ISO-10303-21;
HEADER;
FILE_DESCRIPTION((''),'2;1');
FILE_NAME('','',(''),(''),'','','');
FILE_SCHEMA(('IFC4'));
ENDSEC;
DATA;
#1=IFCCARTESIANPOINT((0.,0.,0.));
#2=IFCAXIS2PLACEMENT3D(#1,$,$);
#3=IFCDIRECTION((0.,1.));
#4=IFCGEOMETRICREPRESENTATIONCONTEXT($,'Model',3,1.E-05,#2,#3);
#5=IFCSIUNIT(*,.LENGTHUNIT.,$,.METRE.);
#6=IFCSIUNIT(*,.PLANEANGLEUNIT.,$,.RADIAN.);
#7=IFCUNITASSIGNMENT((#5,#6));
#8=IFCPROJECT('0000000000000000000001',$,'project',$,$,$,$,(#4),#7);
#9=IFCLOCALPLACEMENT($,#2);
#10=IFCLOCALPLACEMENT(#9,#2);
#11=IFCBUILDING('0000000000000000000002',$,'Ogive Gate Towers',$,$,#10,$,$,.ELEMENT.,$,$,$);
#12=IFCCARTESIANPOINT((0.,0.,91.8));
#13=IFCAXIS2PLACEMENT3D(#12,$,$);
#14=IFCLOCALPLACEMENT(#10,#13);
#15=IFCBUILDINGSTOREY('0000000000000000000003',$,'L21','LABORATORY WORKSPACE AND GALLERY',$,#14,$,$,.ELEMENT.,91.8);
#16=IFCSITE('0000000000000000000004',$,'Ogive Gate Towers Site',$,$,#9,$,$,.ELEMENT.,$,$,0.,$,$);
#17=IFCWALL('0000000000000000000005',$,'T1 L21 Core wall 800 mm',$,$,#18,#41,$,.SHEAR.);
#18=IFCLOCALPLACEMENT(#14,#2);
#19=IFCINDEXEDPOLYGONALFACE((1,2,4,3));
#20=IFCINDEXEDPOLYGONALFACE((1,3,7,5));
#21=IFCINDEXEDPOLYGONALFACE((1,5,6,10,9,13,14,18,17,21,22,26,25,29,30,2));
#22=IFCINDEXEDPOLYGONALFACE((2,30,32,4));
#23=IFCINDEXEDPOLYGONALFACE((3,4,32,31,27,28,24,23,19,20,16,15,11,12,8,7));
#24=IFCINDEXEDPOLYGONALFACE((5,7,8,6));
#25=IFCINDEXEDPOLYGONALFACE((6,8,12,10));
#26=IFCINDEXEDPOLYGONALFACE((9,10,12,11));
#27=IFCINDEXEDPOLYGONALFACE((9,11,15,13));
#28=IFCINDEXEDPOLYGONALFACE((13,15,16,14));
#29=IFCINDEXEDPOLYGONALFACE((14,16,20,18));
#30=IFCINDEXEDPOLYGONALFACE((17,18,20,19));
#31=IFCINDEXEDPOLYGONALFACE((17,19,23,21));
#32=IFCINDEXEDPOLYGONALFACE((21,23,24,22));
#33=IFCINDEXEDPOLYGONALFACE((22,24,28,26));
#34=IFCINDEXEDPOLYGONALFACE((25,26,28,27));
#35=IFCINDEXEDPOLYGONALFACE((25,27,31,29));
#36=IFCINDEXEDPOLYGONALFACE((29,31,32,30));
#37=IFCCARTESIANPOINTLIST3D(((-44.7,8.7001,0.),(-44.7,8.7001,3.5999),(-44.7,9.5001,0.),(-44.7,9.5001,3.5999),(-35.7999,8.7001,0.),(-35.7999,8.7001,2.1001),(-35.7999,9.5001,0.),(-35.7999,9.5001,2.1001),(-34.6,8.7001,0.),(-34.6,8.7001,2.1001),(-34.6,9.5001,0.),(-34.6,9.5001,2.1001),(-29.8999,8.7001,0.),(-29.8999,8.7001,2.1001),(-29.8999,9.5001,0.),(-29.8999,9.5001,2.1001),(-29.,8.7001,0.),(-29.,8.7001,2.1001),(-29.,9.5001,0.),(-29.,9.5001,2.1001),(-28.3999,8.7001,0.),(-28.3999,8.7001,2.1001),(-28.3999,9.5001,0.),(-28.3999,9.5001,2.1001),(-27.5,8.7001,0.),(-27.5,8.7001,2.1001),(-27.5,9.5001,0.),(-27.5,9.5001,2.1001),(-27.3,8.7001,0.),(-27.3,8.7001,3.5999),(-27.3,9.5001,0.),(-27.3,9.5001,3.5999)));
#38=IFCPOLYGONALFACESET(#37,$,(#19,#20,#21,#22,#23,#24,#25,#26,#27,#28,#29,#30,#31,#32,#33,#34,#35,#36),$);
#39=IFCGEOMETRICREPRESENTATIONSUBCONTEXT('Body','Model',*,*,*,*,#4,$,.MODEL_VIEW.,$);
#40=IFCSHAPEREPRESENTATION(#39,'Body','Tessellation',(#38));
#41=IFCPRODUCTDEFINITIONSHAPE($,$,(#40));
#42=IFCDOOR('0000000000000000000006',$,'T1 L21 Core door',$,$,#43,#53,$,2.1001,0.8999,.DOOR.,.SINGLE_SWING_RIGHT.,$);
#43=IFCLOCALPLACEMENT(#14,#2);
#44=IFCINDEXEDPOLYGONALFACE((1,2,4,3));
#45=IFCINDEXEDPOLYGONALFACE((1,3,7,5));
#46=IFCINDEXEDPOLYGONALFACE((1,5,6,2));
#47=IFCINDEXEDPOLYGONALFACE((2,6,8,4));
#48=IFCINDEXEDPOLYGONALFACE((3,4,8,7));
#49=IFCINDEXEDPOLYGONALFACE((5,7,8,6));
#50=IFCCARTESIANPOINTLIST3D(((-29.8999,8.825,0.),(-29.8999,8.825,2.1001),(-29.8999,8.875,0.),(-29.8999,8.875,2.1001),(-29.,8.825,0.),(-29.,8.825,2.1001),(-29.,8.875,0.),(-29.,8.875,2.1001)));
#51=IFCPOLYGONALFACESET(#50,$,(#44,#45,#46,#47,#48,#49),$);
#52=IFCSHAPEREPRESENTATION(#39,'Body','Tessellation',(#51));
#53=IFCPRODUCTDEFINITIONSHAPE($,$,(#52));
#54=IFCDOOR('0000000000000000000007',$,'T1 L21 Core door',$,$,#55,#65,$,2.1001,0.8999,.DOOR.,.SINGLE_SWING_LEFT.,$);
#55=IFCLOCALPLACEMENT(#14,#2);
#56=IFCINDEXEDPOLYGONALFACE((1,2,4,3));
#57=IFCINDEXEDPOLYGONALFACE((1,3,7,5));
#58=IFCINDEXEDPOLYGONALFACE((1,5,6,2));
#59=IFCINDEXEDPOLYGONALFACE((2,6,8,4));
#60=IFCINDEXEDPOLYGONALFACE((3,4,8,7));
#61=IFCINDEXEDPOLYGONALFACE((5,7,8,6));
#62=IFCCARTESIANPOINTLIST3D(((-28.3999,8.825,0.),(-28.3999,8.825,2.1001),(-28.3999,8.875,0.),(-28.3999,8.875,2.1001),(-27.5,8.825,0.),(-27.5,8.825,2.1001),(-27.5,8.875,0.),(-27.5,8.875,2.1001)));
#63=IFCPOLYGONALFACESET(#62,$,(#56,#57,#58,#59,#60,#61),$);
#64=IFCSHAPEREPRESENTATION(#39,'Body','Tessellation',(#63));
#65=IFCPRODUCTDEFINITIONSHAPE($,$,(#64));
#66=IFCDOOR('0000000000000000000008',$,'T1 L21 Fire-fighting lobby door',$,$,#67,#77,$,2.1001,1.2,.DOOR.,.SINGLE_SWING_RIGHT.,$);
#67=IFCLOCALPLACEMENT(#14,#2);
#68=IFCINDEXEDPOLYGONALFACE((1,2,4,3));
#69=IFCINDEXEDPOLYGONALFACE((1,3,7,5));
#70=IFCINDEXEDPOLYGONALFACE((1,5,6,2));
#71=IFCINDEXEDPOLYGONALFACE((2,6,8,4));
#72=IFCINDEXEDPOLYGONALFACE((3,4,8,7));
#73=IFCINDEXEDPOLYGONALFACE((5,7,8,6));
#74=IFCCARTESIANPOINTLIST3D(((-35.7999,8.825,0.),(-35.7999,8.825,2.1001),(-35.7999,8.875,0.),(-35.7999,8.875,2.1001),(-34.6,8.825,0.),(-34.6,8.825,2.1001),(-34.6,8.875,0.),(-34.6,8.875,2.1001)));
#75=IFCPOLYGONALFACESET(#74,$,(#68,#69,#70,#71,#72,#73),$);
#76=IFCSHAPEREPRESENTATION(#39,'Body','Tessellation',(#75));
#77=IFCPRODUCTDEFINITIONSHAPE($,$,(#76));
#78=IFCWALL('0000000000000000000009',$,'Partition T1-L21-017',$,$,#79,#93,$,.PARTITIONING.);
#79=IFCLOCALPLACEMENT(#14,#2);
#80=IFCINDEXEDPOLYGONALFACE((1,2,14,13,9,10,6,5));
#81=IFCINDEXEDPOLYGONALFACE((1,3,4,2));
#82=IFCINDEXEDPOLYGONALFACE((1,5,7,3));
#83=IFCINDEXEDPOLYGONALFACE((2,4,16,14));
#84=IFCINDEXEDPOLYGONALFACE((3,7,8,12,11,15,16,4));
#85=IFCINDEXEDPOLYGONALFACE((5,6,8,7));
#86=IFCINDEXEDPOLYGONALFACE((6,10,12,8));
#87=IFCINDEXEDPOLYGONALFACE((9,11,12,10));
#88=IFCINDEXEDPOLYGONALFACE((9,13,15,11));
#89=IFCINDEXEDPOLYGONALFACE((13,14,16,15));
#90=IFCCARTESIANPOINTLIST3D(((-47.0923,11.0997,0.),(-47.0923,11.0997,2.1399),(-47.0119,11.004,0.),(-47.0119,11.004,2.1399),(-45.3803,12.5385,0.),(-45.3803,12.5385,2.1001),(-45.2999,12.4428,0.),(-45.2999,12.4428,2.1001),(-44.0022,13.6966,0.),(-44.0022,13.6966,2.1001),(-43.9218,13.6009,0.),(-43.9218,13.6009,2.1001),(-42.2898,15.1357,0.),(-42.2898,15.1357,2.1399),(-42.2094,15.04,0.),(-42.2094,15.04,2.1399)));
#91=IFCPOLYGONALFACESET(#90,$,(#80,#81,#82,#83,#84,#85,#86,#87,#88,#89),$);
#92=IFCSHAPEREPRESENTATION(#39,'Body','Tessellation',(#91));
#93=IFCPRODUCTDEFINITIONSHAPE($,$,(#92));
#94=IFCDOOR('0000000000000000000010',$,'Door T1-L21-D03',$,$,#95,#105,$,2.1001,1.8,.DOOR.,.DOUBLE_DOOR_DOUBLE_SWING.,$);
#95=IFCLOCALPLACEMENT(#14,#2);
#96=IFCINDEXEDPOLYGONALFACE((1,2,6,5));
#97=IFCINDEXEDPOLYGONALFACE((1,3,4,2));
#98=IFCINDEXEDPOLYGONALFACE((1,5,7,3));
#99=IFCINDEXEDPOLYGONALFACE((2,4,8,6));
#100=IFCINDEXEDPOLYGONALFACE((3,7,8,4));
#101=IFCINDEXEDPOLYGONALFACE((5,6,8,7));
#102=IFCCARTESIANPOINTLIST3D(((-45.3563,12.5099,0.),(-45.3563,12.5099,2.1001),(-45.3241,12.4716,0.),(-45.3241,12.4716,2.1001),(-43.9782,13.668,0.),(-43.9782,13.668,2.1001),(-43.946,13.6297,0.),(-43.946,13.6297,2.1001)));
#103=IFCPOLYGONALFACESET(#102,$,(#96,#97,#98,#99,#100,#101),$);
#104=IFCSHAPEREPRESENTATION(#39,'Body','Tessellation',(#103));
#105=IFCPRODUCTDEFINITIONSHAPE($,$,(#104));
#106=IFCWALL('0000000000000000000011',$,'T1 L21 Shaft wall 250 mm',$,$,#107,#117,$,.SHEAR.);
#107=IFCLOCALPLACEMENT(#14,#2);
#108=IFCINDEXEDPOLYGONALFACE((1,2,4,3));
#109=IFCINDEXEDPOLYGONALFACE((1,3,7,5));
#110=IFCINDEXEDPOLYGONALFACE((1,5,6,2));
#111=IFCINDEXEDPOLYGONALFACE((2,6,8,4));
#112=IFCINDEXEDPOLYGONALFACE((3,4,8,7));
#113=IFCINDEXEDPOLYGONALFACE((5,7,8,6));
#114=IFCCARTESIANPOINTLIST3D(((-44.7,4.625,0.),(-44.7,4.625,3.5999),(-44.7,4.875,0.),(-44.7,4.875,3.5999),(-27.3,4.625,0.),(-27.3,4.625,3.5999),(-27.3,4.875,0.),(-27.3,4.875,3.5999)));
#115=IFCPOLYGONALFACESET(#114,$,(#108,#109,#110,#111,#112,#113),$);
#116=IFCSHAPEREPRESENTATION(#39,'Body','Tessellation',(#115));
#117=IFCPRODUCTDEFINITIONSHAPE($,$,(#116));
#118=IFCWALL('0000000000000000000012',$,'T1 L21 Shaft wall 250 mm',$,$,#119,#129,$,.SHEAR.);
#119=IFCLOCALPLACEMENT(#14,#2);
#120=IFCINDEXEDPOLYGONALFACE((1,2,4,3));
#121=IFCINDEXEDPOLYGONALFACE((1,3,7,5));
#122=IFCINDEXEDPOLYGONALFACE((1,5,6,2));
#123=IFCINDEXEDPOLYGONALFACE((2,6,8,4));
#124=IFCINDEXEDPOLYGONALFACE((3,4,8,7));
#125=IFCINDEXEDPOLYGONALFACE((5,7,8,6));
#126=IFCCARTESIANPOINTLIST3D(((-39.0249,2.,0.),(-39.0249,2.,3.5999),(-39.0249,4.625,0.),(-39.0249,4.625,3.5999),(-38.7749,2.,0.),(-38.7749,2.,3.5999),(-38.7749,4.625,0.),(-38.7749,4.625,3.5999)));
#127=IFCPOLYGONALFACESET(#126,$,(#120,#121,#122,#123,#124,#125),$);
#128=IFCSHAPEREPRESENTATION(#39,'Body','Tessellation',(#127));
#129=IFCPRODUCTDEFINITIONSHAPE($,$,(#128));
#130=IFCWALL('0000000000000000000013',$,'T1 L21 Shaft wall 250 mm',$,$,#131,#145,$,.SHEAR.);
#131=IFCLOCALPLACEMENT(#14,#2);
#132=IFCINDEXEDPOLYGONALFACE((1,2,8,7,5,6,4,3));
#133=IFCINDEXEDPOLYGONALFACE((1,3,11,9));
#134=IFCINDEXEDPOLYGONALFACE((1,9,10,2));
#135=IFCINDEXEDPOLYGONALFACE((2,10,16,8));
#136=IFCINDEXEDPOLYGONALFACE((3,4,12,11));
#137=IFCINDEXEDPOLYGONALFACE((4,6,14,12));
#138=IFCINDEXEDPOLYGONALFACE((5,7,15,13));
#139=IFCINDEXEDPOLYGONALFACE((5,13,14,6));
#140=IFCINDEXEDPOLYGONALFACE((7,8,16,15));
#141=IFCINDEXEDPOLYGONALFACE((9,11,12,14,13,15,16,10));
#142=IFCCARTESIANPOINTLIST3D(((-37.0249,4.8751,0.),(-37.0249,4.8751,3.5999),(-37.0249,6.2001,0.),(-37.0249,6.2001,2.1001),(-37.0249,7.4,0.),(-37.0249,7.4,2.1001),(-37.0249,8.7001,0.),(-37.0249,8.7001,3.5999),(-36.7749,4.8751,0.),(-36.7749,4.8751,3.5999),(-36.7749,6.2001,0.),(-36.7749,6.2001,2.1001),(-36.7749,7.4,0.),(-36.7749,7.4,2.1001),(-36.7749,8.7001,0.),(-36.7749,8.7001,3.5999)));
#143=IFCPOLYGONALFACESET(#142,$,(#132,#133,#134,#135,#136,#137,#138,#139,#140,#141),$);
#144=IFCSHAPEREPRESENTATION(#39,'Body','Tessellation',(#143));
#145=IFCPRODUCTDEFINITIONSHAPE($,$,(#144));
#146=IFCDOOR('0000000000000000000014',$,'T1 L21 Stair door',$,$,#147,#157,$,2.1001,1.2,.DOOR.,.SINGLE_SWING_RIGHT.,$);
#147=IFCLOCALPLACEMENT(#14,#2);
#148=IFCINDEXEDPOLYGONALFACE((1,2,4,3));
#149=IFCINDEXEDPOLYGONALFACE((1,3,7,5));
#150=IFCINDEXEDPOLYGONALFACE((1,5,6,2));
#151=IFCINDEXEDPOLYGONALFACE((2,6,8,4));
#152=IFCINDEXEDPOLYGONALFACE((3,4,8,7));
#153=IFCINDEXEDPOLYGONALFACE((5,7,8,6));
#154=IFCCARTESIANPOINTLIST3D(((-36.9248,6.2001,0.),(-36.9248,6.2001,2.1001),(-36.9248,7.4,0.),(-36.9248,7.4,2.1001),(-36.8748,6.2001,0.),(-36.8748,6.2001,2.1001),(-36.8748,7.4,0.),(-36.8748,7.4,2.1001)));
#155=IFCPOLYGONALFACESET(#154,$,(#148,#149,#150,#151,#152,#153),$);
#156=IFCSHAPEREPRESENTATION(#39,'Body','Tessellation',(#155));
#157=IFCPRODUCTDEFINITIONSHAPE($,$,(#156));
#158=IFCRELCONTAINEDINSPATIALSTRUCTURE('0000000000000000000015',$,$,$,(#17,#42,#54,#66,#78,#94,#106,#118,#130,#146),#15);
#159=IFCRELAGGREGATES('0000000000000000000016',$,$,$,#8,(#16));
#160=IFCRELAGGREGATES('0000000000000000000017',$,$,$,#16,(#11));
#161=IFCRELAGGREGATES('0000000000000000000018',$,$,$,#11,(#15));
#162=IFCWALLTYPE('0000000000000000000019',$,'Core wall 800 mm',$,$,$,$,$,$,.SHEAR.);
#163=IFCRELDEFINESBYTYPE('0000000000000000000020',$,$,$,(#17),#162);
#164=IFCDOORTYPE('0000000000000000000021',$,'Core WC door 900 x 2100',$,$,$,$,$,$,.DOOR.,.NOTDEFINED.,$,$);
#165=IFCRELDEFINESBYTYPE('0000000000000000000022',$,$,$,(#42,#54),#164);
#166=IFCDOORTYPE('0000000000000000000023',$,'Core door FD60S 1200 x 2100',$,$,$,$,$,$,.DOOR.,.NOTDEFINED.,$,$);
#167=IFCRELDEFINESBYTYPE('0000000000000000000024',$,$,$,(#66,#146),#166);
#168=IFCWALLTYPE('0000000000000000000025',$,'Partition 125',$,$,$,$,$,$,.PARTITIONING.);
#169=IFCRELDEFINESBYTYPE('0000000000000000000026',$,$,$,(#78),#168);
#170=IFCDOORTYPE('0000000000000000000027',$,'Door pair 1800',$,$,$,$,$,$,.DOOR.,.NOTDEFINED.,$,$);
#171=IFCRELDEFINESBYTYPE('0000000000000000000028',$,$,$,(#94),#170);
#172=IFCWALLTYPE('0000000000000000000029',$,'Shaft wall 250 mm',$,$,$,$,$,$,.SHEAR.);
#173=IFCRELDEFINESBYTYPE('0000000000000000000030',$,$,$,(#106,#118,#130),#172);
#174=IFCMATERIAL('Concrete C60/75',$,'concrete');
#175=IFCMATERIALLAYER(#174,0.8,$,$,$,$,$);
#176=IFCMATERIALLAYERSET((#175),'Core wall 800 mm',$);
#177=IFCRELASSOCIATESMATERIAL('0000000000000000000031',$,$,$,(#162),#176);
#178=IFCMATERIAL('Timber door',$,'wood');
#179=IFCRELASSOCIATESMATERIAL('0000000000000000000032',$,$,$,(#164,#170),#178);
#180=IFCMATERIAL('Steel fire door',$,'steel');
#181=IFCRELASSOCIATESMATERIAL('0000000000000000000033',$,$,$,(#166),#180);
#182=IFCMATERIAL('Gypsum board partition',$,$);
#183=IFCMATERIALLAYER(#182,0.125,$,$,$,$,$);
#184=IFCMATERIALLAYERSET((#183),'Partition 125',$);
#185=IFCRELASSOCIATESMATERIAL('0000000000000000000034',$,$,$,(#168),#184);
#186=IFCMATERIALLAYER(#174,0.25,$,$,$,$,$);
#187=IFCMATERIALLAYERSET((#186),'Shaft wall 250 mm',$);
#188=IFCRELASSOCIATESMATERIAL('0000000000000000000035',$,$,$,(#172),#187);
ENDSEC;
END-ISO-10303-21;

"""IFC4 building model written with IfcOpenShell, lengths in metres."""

from ifc_helpers import new_model, si_unit, direction, frame, frame_2d, origin, place, context, subcontext, project, spatial, rectangle, extrude, material, layer, layer_set, type_object, element, fill, save


model = new_model("IFC4")

# Units and contexts
model_context = context("Model", 3, precision=1e-05, world=origin(), true_north=direction((0.0, 1.0)))
body_context = subcontext(model_context, "Body", "Model", "MODEL_VIEW")
ifc_project = project(units=[si_unit("LENGTHUNIT", "METRE"), si_unit("PLANEANGLEUNIT", "RADIAN")], contexts=[model_context])

# Site, building, storey
site_placement = place(None, origin())
site = spatial("IfcSite", under=ifc_project, at=site_placement, Name="Ogive Gate Towers Site", CompositionType="ELEMENT", RefElevation=0.0)
building_placement = place(site_placement, origin())
building = spatial("IfcBuilding", under=site, at=building_placement, Name="Ogive Gate Towers", CompositionType="ELEMENT")
storey_placement = place(building_placement, frame((0.0, 0.0, 91.8)))
storey = spatial("IfcBuildingStorey", under=building, at=storey_placement, Name="L21", Description="LABORATORY WORKSPACE AND GALLERY", CompositionType="ELEMENT", Elevation=91.8)

# Wall, openings, doors
ifc_material_1 = material(Name="Concrete C60/75", Category="concrete")
ifc_layer_1 = layer(ifc_material_1, 0.8)
ifc_layer_set_1 = layer_set([ifc_layer_1], Name="Core wall 800 mm")
wall_type_1 = type_object("IfcWallType", Name="Core wall 800 mm", PredefinedType="SHEAR", material=ifc_layer_set_1)
wall_1_placement = place(storey_placement, frame((-44.7, 9.1001, 0.0), z_axis=(0.0, 0.0, 1.0), x_axis=(1.0, 0.0, 0.0)))
wall_1 = element("IfcWall", 1, at=wall_1_placement, inside=storey, type_object=wall_type_1, Name="T1 L21 Core wall 800 mm", PredefinedType="SHEAR", context=body_context, shape_type="SweptSolid", body=[
    extrude(rectangle(XDim=17.3999, YDim=0.8, at=frame_2d((8.7, 0.0))), origin(), (0.0, 0.0, 1.0), 3.5999),
])
opening_1_placement = place(wall_1_placement, frame((8.8999, 0.0, 0.0)))
opening_1 = element("IfcOpeningElement", 2, at=opening_1_placement, cuts=wall_1, PredefinedType="OPENING", context=body_context, shape_type="SweptSolid", body=[
    extrude(rectangle(XDim=1.2, YDim=2.1001, at=frame_2d((0.6001, 1.05))), frame((0.0, 0.4102, 0.0), z_axis=(0.0, -1.0, 0.0), x_axis=(1.0, 0.0, 0.0)), (0.0, 0.0, 1.0), 0.8201),
])
opening_2_placement = place(wall_1_placement, frame((14.8, 0.0, 0.0)))
opening_2 = element("IfcOpeningElement", 3, at=opening_2_placement, cuts=wall_1, PredefinedType="OPENING", context=body_context, shape_type="SweptSolid", body=[
    extrude(rectangle(XDim=0.8999, YDim=2.1001, at=frame_2d((0.45, 1.05))), frame((0.0, 0.4102, 0.0), z_axis=(0.0, -1.0, 0.0), x_axis=(1.0, 0.0, 0.0)), (0.0, 0.0, 1.0), 0.8201),
])
opening_3_placement = place(wall_1_placement, frame((16.3, 0.0, 0.0)))
opening_3 = element("IfcOpeningElement", 4, at=opening_3_placement, cuts=wall_1, PredefinedType="OPENING", context=body_context, shape_type="SweptSolid", body=[
    extrude(rectangle(XDim=0.8999, YDim=2.1001, at=frame_2d((0.45, 1.05))), frame((0.0, 0.4102, 0.0), z_axis=(0.0, -1.0, 0.0), x_axis=(1.0, 0.0, 0.0)), (0.0, 0.0, 1.0), 0.8201),
])
ifc_material_2 = material(Name="Timber door", Category="wood")
door_type_1 = type_object("IfcDoorType", Name="Core WC door 900 x 2100", OperationType="NOTDEFINED", PredefinedType="DOOR", material=ifc_material_2)
door_1_placement = place(opening_2_placement, origin())
door_1 = element("IfcDoor", 5, at=door_1_placement, inside=storey, type_object=door_type_1, Name="T1 L21 Core door", OperationType="SINGLE_SWING_RIGHT", OverallHeight=2.1001, OverallWidth=0.8999, PredefinedType="DOOR", context=body_context, shape_type="SweptSolid", body=[
    extrude(rectangle(XDim=0.8999, YDim=2.1001, at=frame_2d((0.45, 1.05))), frame((0.0, -0.2251, 0.0), z_axis=(0.0, -1.0, 0.0), x_axis=(1.0, 0.0, 0.0)), (0.0, 0.0, 1.0), 0.05),
])
fill(opening_2, door_1)
door_2_placement = place(opening_3_placement, origin())
door_2 = element("IfcDoor", 6, at=door_2_placement, inside=storey, type_object=door_type_1, Name="T1 L21 Core door", OperationType="SINGLE_SWING_LEFT", OverallHeight=2.1001, OverallWidth=0.8999, PredefinedType="DOOR", context=body_context, shape_type="SweptSolid", body=[
    extrude(rectangle(XDim=0.8999, YDim=2.1001, at=frame_2d((0.45, 1.05))), frame((0.0, -0.2251, 0.0), z_axis=(0.0, -1.0, 0.0), x_axis=(1.0, 0.0, 0.0)), (0.0, 0.0, 1.0), 0.05),
])
fill(opening_3, door_2)
ifc_material_3 = material(Name="Steel fire door", Category="steel")
door_type_2 = type_object("IfcDoorType", Name="Core door FD60S 1200 x 2100", OperationType="NOTDEFINED", PredefinedType="DOOR", material=ifc_material_3)
door_3_placement = place(opening_1_placement, origin())
door_3 = element("IfcDoor", 7, at=door_3_placement, inside=storey, type_object=door_type_2, Name="T1 L21 Fire-fighting lobby door", OperationType="SINGLE_SWING_RIGHT", OverallHeight=2.1001, OverallWidth=1.2, PredefinedType="DOOR", context=body_context, shape_type="SweptSolid", body=[
    extrude(rectangle(XDim=1.2, YDim=2.1001, at=frame_2d((0.6001, 1.05))), frame((0.0, -0.2251, 0.0), z_axis=(0.0, -1.0, 0.0), x_axis=(1.0, 0.0, 0.0)), (0.0, 0.0, 1.0), 0.05),
])
fill(opening_1, door_3)

# Wall, opening, door
ifc_material_4 = material(Name="Gypsum board partition")
ifc_layer_2 = layer(ifc_material_4, 0.125)
ifc_layer_set_2 = layer_set([ifc_layer_2], Name="Partition 125")
wall_type_2 = type_object("IfcWallType", Name="Partition 125", PredefinedType="PARTITIONING", material=ifc_layer_set_2)
wall_2_placement = place(storey_placement, frame((-42.2495, 15.0879, 0.0), z_axis=(0.0, 0.0, 1.0), x_axis=(-0.765564, -0.64336, 0.0)))
wall_2 = element("IfcWall", 8, at=wall_2_placement, inside=storey, type_object=wall_type_2, Name="Partition T1-L21-017", PredefinedType="PARTITIONING", context=body_context, shape_type="SweptSolid", body=[
    extrude(rectangle(XDim=6.2732, YDim=0.125, at=frame_2d((3.1367, 0.0))), origin(), (0.0, 0.0, 1.0), 2.1399),
])
opening_4_placement = place(wall_2_placement, frame((2.2371, 0.0, 0.0)))
opening_4 = element("IfcOpeningElement", 9, at=opening_4_placement, cuts=wall_2, PredefinedType="OPENING", context=body_context, shape_type="SweptSolid", body=[
    extrude(rectangle(XDim=1.8, YDim=2.1001, at=frame_2d((0.8999, 1.05))), frame((0.0, 0.0725, 0.0), z_axis=(0.0, -1.0, 0.0), x_axis=(1.0, 0.0, 0.0)), (0.0, 0.0, 1.0), 0.145),
])
door_type_3 = type_object("IfcDoorType", Name="Door pair 1800", OperationType="NOTDEFINED", PredefinedType="DOOR", material=ifc_material_2)
door_4_placement = place(opening_4_placement, origin())
door_4 = element("IfcDoor", 10, at=door_4_placement, inside=storey, type_object=door_type_3, Name="Door T1-L21-D03", OperationType="DOUBLE_DOOR_DOUBLE_SWING", OverallHeight=2.1001, OverallWidth=1.8, PredefinedType="DOOR", context=body_context, shape_type="SweptSolid", body=[
    extrude(rectangle(XDim=1.8, YDim=2.1001, at=frame_2d((0.8999, 1.05))), frame((0.0, 0.0249, 0.0), z_axis=(0.0, -1.0, 0.0), x_axis=(1.0, 0.0, 0.0)), (0.0, 0.0, 1.0), 0.05),
])
fill(opening_4, door_4)

# Walls
ifc_layer_3 = layer(ifc_material_1, 0.25)
ifc_layer_set_3 = layer_set([ifc_layer_3], Name="Shaft wall 250 mm")
wall_type_3 = type_object("IfcWallType", Name="Shaft wall 250 mm", PredefinedType="SHEAR", material=ifc_layer_set_3)
wall_3_placement = place(storey_placement, frame((-44.7, 4.75, 0.0), z_axis=(0.0, 0.0, 1.0), x_axis=(1.0, 0.0, 0.0)))
element("IfcWall", 11, at=wall_3_placement, inside=storey, type_object=wall_type_3, Name="T1 L21 Shaft wall 250 mm", PredefinedType="SHEAR", context=body_context, shape_type="SweptSolid", body=[
    extrude(rectangle(XDim=17.3999, YDim=0.25, at=frame_2d((8.7, 0.0))), origin(), (0.0, 0.0, 1.0), 3.5999),
])
wall_4_placement = place(storey_placement, frame((-38.8999, 2.0, 0.0), z_axis=(0.0, 0.0, 1.0), x_axis=(0.0, 1.0, 0.0)))
element("IfcWall", 12, at=wall_4_placement, inside=storey, type_object=wall_type_3, Name="T1 L21 Shaft wall 250 mm", PredefinedType="SHEAR", context=body_context, shape_type="SweptSolid", body=[
    extrude(rectangle(XDim=2.625, YDim=0.25, at=frame_2d((1.3125, 0.0))), origin(), (0.0, 0.0, 1.0), 3.5999),
])

# Wall, opening, door
wall_5_placement = place(storey_placement, frame((-36.8999, 4.875, 0.0), z_axis=(0.0, 0.0, 1.0), x_axis=(0.0, 1.0, 0.0)))
wall_5 = element("IfcWall", 13, at=wall_5_placement, inside=storey, type_object=wall_type_3, Name="T1 L21 Shaft wall 250 mm", PredefinedType="SHEAR", context=body_context, shape_type="SweptSolid", body=[
    extrude(rectangle(XDim=3.825, YDim=0.25, at=frame_2d((1.9126, 0.0))), origin(), (0.0, 0.0, 1.0), 3.5999),
])
opening_5_placement = place(wall_5_placement, frame((1.325, 0.0, 0.0)))
opening_5 = element("IfcOpeningElement", 14, at=opening_5_placement, cuts=wall_5, PredefinedType="OPENING", context=body_context, shape_type="SweptSolid", body=[
    extrude(rectangle(XDim=1.2, YDim=2.1001, at=frame_2d((0.6001, 1.05))), frame((0.0, 0.135, 0.0), z_axis=(0.0, -1.0, 0.0), x_axis=(1.0, 0.0, 0.0)), (0.0, 0.0, 1.0), 0.27),
])
door_5_placement = place(opening_5_placement, origin())
door_5 = element("IfcDoor", 15, at=door_5_placement, inside=storey, type_object=door_type_2, Name="T1 L21 Stair door", OperationType="SINGLE_SWING_RIGHT", OverallHeight=2.1001, OverallWidth=1.2, PredefinedType="DOOR", context=body_context, shape_type="SweptSolid", body=[
    extrude(rectangle(XDim=1.2, YDim=2.1001, at=frame_2d((0.6001, 1.05))), frame((0.0, 0.0249, 0.0), z_axis=(0.0, -1.0, 0.0), x_axis=(1.0, 0.0, 0.0)), (0.0, 0.0, 1.0), 0.05),
])
fill(opening_5, door_5)

save(model, "model.ifc")
